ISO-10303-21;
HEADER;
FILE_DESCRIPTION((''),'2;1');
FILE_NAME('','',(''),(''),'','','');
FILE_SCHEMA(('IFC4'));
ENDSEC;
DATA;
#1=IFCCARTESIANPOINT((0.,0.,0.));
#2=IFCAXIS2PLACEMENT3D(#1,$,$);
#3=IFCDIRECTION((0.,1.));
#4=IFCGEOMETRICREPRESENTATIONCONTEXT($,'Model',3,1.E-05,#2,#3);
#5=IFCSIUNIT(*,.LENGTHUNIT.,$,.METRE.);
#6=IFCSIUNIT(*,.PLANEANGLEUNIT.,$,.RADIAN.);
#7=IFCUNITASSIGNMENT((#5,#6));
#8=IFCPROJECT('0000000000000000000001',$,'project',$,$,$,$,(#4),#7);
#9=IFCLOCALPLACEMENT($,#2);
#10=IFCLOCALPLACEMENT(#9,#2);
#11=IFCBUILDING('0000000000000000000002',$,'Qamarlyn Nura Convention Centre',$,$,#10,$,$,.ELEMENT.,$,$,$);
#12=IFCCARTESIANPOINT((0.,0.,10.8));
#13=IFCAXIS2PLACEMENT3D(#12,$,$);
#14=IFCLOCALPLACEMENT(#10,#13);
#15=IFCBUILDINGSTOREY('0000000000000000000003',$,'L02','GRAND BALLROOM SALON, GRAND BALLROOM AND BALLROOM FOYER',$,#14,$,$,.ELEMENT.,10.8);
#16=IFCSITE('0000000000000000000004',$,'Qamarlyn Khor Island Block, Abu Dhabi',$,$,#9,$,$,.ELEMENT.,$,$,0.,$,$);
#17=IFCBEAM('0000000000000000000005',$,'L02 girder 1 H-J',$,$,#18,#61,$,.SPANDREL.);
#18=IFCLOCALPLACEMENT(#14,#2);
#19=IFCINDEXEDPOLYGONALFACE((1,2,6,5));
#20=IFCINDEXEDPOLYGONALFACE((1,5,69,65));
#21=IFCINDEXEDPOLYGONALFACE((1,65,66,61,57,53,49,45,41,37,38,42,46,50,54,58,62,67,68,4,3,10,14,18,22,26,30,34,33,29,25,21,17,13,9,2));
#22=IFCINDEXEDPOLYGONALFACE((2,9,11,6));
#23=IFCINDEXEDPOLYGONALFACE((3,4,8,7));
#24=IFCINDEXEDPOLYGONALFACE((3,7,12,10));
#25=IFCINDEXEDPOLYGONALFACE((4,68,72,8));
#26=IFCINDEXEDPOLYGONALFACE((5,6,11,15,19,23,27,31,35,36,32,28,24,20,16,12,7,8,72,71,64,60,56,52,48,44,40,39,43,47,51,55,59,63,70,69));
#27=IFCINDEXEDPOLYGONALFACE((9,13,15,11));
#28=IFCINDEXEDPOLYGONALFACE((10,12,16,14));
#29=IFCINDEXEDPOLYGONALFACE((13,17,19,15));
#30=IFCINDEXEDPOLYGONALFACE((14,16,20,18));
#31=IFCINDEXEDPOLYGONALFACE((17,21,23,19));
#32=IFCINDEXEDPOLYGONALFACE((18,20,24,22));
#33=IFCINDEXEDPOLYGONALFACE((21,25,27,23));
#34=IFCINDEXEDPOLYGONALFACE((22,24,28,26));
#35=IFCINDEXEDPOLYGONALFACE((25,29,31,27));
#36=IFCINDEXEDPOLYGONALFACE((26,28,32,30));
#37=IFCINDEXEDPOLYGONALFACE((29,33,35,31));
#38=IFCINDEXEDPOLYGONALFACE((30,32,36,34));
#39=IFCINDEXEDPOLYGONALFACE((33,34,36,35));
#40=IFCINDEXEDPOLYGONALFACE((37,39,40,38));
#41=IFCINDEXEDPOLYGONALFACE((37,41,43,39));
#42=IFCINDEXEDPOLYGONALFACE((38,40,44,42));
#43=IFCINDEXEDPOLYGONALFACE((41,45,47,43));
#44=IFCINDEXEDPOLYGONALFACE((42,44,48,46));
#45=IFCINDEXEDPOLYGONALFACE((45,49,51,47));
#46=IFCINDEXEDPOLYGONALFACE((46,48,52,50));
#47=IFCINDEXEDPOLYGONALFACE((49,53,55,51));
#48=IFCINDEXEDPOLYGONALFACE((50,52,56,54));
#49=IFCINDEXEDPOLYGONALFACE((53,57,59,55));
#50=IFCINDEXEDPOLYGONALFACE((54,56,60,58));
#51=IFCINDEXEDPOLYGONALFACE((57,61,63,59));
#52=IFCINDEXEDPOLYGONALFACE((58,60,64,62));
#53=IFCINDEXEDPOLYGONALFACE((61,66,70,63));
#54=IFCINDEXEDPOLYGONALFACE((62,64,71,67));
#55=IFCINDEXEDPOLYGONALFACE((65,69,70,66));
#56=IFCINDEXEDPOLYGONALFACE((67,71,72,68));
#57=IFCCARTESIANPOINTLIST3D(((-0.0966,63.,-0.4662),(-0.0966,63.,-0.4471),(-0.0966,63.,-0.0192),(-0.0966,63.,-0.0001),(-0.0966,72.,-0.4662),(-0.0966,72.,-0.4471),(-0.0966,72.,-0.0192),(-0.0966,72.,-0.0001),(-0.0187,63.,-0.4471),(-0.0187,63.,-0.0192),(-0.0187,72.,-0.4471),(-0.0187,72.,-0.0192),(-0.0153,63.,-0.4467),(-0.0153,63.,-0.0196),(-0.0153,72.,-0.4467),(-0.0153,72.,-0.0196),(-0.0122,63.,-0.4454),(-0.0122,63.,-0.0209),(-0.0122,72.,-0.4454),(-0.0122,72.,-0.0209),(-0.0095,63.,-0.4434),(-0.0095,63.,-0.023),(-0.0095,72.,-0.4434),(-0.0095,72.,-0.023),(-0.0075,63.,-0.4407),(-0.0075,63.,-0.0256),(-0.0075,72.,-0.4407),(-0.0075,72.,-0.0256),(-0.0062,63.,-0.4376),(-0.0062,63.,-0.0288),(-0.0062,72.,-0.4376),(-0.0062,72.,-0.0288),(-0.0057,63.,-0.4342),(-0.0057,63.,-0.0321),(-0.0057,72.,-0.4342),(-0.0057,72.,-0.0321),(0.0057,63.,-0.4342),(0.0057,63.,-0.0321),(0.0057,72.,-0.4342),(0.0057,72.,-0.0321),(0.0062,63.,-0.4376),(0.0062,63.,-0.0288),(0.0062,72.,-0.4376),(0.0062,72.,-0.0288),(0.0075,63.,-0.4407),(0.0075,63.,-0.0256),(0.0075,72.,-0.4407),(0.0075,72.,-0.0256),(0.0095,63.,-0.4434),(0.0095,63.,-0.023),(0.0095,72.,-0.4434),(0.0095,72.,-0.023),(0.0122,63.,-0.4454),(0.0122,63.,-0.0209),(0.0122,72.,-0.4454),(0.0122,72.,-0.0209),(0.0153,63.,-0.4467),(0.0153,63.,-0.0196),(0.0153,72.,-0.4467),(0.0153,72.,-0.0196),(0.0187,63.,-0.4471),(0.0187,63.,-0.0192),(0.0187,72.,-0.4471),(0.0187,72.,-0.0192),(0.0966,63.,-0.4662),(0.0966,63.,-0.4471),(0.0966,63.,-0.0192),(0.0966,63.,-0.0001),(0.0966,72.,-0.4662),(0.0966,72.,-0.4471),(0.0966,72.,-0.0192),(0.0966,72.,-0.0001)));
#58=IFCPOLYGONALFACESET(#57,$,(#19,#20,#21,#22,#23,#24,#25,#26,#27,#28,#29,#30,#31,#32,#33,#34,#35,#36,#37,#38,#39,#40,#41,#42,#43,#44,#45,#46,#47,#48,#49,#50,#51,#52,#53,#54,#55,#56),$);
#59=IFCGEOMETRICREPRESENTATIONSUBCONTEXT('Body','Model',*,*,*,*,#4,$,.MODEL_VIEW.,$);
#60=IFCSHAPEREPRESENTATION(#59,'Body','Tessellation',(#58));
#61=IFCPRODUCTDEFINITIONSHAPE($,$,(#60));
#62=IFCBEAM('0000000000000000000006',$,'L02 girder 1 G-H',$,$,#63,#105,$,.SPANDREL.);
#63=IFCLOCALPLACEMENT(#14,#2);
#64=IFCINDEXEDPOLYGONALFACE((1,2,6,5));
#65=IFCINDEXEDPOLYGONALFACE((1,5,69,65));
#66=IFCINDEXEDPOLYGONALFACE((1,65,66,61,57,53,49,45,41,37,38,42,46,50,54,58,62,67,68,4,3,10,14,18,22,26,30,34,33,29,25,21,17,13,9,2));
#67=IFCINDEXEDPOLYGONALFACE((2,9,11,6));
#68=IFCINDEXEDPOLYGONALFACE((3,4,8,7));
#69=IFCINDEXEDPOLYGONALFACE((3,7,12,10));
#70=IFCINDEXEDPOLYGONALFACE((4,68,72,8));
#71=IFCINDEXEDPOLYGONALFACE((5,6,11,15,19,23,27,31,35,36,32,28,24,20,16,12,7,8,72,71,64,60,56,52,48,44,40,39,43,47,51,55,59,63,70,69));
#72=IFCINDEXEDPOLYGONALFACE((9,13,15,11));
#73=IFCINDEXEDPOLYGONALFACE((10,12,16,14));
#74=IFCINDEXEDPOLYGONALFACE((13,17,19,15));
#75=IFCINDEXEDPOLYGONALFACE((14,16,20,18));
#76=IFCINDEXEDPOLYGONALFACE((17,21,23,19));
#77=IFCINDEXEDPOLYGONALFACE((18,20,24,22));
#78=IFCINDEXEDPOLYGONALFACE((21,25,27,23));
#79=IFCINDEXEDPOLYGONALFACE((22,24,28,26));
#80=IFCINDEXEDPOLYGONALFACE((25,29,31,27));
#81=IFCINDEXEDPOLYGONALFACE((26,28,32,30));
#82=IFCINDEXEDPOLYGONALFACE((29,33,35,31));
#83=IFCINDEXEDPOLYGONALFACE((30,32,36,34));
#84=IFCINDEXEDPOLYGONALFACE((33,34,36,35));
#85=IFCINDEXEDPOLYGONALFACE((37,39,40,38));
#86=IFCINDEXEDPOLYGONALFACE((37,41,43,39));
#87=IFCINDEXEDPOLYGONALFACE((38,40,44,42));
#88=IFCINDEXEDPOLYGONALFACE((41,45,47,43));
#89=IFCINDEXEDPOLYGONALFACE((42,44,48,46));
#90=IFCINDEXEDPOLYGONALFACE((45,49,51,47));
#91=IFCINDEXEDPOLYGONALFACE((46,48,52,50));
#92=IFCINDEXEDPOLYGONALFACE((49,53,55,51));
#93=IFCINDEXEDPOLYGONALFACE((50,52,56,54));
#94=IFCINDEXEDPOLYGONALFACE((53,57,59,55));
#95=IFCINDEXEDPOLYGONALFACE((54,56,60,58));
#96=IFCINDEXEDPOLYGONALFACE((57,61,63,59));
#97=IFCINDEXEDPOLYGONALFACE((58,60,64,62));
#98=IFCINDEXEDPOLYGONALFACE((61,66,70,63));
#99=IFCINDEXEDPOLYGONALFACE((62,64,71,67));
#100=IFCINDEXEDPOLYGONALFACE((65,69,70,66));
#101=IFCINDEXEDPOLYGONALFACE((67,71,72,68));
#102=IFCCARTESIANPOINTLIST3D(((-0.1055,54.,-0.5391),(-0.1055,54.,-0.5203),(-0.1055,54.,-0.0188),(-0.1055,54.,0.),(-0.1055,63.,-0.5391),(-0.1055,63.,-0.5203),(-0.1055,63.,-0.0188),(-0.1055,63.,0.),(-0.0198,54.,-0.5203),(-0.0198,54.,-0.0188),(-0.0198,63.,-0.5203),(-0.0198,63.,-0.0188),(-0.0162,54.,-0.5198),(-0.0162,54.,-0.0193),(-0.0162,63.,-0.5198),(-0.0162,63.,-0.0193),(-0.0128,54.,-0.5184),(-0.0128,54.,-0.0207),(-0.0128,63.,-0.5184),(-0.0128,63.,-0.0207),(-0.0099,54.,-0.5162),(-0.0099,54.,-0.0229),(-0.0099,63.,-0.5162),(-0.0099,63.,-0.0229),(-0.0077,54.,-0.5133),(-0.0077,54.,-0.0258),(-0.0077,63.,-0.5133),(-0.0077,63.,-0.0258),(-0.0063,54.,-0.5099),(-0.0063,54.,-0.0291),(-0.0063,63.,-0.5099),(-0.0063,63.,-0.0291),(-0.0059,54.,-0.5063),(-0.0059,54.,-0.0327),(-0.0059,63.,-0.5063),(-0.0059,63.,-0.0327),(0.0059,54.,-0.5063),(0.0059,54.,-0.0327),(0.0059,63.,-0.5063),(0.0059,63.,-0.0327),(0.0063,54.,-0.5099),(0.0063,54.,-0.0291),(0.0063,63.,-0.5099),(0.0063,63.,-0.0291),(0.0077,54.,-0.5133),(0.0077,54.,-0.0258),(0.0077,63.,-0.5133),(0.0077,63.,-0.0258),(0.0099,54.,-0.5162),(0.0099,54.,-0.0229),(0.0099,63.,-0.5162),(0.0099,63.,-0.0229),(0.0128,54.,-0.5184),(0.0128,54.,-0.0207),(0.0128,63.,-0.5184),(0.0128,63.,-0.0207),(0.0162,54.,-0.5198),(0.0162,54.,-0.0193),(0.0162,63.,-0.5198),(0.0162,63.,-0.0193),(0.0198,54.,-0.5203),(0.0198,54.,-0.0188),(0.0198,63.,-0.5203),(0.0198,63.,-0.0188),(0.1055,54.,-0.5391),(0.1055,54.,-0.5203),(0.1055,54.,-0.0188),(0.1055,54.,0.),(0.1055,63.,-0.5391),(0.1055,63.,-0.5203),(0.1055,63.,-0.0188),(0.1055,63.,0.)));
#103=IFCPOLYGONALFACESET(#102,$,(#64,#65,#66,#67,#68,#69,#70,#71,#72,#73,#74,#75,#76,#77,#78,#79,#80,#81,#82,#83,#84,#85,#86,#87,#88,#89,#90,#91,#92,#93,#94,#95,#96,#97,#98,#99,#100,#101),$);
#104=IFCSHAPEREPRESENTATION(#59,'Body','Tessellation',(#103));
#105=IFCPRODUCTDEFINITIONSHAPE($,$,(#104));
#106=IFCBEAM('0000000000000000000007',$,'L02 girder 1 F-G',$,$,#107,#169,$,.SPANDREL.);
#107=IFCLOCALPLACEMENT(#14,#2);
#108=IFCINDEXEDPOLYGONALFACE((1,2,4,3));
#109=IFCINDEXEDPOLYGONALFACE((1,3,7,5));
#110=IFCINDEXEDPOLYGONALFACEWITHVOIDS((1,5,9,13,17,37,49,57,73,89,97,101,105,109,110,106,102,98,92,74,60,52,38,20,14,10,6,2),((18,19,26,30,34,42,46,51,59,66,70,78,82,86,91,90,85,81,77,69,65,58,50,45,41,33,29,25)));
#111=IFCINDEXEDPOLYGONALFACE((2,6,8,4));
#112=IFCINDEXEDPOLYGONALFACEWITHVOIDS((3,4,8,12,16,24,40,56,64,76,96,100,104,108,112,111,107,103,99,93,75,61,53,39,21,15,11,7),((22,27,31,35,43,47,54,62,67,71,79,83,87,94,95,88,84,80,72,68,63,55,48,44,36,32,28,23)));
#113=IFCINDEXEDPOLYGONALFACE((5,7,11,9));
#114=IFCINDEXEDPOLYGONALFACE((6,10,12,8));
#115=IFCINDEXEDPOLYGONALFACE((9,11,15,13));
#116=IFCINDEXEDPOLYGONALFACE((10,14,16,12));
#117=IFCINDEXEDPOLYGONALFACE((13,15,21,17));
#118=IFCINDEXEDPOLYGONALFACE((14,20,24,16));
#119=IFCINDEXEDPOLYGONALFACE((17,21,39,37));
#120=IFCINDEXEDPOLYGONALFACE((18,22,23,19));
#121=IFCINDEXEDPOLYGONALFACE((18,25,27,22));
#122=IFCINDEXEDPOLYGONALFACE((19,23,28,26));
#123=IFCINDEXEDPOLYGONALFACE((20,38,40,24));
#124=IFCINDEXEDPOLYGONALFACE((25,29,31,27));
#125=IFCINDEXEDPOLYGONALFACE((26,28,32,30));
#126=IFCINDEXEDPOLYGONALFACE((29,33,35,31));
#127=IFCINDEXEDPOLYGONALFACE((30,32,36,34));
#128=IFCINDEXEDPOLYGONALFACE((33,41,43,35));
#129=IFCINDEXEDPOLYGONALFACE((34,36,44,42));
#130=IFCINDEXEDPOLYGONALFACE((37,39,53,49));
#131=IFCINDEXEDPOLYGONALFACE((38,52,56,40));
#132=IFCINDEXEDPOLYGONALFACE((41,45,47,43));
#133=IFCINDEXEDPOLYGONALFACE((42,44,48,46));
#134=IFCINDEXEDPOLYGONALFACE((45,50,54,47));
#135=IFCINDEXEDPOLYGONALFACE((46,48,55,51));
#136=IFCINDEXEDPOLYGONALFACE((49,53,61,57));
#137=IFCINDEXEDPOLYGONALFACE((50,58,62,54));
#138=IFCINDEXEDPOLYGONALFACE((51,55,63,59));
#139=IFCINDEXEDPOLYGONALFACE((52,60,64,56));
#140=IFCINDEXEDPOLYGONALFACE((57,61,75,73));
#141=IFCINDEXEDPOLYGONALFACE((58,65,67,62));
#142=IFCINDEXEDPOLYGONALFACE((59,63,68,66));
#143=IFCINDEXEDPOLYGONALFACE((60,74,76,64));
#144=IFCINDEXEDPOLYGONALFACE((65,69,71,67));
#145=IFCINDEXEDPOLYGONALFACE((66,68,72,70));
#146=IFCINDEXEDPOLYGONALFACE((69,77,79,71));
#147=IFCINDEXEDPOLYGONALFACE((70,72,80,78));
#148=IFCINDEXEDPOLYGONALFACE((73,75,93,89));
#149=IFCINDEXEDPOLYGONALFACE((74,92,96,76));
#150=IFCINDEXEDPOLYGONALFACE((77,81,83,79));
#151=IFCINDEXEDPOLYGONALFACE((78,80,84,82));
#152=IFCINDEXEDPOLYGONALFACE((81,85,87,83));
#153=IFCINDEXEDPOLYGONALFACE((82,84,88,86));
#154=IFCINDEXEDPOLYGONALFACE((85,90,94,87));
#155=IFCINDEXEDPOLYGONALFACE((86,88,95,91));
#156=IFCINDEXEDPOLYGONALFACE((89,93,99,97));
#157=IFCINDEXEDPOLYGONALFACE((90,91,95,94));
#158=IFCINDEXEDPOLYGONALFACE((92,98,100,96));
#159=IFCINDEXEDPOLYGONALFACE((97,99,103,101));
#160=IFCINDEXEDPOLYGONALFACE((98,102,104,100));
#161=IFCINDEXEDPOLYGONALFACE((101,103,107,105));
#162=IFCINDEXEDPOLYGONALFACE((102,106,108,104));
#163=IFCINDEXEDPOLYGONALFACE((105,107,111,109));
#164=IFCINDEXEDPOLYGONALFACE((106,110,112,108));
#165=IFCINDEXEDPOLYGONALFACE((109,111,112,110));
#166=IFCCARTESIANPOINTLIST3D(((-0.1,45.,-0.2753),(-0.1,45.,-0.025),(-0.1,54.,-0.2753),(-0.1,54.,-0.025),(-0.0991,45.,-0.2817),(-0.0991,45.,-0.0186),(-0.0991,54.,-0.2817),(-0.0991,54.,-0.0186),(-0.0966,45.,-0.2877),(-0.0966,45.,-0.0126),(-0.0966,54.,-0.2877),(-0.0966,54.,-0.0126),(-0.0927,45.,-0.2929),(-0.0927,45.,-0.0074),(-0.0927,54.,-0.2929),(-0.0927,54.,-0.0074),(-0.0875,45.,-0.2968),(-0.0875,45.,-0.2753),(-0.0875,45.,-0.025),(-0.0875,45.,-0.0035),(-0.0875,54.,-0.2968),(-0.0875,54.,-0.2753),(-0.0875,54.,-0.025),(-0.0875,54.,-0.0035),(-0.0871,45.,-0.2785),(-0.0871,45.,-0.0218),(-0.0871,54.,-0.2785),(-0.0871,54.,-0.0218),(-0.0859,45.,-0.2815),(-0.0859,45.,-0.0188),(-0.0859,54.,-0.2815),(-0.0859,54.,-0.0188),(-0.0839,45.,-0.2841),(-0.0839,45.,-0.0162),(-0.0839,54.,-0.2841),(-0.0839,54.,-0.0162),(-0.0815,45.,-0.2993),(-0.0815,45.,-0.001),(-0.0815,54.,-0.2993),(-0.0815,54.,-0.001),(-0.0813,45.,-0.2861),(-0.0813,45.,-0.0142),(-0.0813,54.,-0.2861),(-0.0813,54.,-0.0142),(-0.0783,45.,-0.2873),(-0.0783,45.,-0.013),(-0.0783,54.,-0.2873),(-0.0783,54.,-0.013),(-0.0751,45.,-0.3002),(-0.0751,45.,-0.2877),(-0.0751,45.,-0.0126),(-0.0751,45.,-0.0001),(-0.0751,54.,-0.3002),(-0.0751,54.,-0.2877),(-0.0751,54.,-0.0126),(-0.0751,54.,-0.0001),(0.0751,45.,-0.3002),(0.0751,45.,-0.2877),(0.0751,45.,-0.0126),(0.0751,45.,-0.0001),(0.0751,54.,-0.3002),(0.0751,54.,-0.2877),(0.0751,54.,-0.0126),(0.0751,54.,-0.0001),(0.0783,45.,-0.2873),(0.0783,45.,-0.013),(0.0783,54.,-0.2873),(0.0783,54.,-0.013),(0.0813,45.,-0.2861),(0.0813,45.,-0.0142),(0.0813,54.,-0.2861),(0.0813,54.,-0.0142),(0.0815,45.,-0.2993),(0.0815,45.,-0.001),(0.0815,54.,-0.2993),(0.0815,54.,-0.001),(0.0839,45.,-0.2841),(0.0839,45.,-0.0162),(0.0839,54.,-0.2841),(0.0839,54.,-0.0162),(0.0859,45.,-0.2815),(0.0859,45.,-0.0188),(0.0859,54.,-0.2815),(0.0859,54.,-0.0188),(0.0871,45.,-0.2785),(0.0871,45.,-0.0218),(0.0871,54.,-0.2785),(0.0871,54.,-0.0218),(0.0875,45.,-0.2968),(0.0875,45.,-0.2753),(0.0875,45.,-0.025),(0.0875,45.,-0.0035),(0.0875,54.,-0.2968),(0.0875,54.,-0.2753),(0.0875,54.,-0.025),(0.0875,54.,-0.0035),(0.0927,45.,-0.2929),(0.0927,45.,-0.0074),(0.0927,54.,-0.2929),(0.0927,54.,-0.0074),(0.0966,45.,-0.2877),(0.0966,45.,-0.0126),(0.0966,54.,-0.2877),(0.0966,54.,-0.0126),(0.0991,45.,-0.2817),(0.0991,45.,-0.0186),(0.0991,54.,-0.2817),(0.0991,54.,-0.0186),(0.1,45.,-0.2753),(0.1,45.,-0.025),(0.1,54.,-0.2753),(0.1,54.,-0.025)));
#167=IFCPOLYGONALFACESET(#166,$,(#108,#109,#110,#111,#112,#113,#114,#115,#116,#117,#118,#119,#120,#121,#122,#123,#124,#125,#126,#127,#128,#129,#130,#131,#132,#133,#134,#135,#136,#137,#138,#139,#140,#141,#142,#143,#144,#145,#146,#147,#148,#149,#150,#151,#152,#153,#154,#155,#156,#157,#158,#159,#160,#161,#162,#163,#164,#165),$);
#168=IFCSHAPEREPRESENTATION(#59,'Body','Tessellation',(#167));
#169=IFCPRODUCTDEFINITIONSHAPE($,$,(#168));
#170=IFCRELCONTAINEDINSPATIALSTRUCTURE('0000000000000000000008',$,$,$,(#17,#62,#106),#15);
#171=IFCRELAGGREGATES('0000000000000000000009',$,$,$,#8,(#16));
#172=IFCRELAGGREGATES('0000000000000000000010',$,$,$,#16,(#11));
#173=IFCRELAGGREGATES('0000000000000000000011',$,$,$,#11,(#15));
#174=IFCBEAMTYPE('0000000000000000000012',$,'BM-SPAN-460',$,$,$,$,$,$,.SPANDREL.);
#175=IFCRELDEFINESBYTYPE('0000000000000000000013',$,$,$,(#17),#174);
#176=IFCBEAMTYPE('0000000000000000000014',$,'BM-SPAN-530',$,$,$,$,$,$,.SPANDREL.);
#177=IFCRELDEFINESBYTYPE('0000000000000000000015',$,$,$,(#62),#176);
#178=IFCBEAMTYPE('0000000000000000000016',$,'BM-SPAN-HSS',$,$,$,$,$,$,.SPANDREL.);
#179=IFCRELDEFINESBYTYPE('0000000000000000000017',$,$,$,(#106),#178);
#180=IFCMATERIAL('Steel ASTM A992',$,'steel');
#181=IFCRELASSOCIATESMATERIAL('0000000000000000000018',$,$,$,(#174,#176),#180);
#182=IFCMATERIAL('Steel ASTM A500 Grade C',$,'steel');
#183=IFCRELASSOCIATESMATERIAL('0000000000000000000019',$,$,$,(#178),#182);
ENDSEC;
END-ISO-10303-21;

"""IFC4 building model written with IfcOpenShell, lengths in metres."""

from ifc_helpers import new_model, si_unit, direction, frame, origin, origin_2d, place, context, subcontext, project, spatial, hollow_rectangle, i_section, extrude, material, material_profile, profile_set, type_object, element, save


model = new_model("IFC4")

# Units and contexts
model_context = context("Model", 3, precision=1e-05, world=origin(), true_north=direction((0.0, 1.0)))
body_context = subcontext(model_context, "Body", "Model", "MODEL_VIEW")
ifc_project = project(units=[si_unit("LENGTHUNIT", "METRE"), si_unit("PLANEANGLEUNIT", "RADIAN")], contexts=[model_context])

# Site, building, storey
site_placement = place(None, origin())
site = spatial("IfcSite", under=ifc_project, at=site_placement, Name="Qamarlyn Khor Island Block, Abu Dhabi", CompositionType="ELEMENT", RefElevation=0.0)
building_placement = place(site_placement, origin())
building = spatial("IfcBuilding", under=site, at=building_placement, Name="Qamarlyn Nura Convention Centre", CompositionType="ELEMENT")
storey_placement = place(building_placement, frame((0.0, 0.0, 10.8)))
storey = spatial("IfcBuildingStorey", under=building, at=storey_placement, Name="L02", Description="GRAND BALLROOM SALON, GRAND BALLROOM AND BALLROOM FOYER", CompositionType="ELEMENT", Elevation=10.8)

# Shared definitions
ifc_material_1 = material(Name="Steel ASTM A992", Category="steel")

# Beams
ifc_material_profile_1 = material_profile(ifc_material_1, i_section(OverallWidth=0.1931, OverallDepth=0.4661, WebThickness=0.0115, FlangeThickness=0.019, FilletRadius=0.0129, at=origin_2d()), Name="W460X97")
ifc_profile_set_1 = profile_set([ifc_material_profile_1], Name="Steel ASTM A992")
beam_type_1 = type_object("IfcBeamType", Name="BM-SPAN-460", PredefinedType="SPANDREL", material=ifc_profile_set_1)
beam_1_placement = place(storey_placement, frame((0.0, 63.0, -0.2332), z_axis=(0.0, 1.0, 0.0), x_axis=(-1.0, 0.0, 0.0)))
element("IfcBeam", 1, at=beam_1_placement, inside=storey, type_object=beam_type_1, Name="L02 girder 1 H-J", PredefinedType="SPANDREL", context=body_context, shape_type="SweptSolid", body=[
    extrude(i_section(OverallWidth=0.1931, OverallDepth=0.4661, WebThickness=0.0115, FlangeThickness=0.019, FilletRadius=0.0129, at=origin_2d()), origin(), (0.0, 0.0, 1.0), 9.0),
])
ifc_material_profile_2 = material_profile(ifc_material_1, i_section(OverallWidth=0.2109, OverallDepth=0.5391, WebThickness=0.0117, FlangeThickness=0.0188, FilletRadius=0.0139, at=origin_2d()), Name="W530X109")
ifc_profile_set_2 = profile_set([ifc_material_profile_2], Name="Steel ASTM A992")
beam_type_2 = type_object("IfcBeamType", Name="BM-SPAN-530", PredefinedType="SPANDREL", material=ifc_profile_set_2)
beam_2_placement = place(storey_placement, frame((0.0, 54.0, -0.2695), z_axis=(0.0, 1.0, 0.0), x_axis=(-1.0, 0.0, 0.0)))
element("IfcBeam", 2, at=beam_2_placement, inside=storey, type_object=beam_type_2, Name="L02 girder 1 G-H", PredefinedType="SPANDREL", context=body_context, shape_type="SweptSolid", body=[
    extrude(i_section(OverallWidth=0.2109, OverallDepth=0.5391, WebThickness=0.0117, FlangeThickness=0.0188, FilletRadius=0.0139, at=origin_2d()), origin(), (0.0, 0.0, 1.0), 9.0),
])
ifc_material_2 = material(Name="Steel ASTM A500 Grade C", Category="steel")
ifc_material_profile_3 = material_profile(ifc_material_2, hollow_rectangle(XDim=0.2, YDim=0.3, WallThickness=0.0125, InnerFilletRadius=0.0125, OuterFilletRadius=0.0249, at=origin_2d()), Name="HSS300X200X12.5")
ifc_profile_set_3 = profile_set([ifc_material_profile_3], Name="Steel ASTM A500 Grade C")
beam_type_3 = type_object("IfcBeamType", Name="BM-SPAN-HSS", PredefinedType="SPANDREL", material=ifc_profile_set_3)
beam_3_placement = place(storey_placement, frame((0.0, 45.0, -0.1501), z_axis=(0.0, 1.0, 0.0), x_axis=(-1.0, 0.0, 0.0)))
element("IfcBeam", 3, at=beam_3_placement, inside=storey, type_object=beam_type_3, Name="L02 girder 1 F-G", PredefinedType="SPANDREL", context=body_context, shape_type="SweptSolid", body=[
    extrude(hollow_rectangle(XDim=0.2, YDim=0.3, WallThickness=0.0125, InnerFilletRadius=0.0125, OuterFilletRadius=0.0249, at=origin_2d()), origin(), (0.0, 0.0, 1.0), 9.0),
])

save(model, "model.ifc")
